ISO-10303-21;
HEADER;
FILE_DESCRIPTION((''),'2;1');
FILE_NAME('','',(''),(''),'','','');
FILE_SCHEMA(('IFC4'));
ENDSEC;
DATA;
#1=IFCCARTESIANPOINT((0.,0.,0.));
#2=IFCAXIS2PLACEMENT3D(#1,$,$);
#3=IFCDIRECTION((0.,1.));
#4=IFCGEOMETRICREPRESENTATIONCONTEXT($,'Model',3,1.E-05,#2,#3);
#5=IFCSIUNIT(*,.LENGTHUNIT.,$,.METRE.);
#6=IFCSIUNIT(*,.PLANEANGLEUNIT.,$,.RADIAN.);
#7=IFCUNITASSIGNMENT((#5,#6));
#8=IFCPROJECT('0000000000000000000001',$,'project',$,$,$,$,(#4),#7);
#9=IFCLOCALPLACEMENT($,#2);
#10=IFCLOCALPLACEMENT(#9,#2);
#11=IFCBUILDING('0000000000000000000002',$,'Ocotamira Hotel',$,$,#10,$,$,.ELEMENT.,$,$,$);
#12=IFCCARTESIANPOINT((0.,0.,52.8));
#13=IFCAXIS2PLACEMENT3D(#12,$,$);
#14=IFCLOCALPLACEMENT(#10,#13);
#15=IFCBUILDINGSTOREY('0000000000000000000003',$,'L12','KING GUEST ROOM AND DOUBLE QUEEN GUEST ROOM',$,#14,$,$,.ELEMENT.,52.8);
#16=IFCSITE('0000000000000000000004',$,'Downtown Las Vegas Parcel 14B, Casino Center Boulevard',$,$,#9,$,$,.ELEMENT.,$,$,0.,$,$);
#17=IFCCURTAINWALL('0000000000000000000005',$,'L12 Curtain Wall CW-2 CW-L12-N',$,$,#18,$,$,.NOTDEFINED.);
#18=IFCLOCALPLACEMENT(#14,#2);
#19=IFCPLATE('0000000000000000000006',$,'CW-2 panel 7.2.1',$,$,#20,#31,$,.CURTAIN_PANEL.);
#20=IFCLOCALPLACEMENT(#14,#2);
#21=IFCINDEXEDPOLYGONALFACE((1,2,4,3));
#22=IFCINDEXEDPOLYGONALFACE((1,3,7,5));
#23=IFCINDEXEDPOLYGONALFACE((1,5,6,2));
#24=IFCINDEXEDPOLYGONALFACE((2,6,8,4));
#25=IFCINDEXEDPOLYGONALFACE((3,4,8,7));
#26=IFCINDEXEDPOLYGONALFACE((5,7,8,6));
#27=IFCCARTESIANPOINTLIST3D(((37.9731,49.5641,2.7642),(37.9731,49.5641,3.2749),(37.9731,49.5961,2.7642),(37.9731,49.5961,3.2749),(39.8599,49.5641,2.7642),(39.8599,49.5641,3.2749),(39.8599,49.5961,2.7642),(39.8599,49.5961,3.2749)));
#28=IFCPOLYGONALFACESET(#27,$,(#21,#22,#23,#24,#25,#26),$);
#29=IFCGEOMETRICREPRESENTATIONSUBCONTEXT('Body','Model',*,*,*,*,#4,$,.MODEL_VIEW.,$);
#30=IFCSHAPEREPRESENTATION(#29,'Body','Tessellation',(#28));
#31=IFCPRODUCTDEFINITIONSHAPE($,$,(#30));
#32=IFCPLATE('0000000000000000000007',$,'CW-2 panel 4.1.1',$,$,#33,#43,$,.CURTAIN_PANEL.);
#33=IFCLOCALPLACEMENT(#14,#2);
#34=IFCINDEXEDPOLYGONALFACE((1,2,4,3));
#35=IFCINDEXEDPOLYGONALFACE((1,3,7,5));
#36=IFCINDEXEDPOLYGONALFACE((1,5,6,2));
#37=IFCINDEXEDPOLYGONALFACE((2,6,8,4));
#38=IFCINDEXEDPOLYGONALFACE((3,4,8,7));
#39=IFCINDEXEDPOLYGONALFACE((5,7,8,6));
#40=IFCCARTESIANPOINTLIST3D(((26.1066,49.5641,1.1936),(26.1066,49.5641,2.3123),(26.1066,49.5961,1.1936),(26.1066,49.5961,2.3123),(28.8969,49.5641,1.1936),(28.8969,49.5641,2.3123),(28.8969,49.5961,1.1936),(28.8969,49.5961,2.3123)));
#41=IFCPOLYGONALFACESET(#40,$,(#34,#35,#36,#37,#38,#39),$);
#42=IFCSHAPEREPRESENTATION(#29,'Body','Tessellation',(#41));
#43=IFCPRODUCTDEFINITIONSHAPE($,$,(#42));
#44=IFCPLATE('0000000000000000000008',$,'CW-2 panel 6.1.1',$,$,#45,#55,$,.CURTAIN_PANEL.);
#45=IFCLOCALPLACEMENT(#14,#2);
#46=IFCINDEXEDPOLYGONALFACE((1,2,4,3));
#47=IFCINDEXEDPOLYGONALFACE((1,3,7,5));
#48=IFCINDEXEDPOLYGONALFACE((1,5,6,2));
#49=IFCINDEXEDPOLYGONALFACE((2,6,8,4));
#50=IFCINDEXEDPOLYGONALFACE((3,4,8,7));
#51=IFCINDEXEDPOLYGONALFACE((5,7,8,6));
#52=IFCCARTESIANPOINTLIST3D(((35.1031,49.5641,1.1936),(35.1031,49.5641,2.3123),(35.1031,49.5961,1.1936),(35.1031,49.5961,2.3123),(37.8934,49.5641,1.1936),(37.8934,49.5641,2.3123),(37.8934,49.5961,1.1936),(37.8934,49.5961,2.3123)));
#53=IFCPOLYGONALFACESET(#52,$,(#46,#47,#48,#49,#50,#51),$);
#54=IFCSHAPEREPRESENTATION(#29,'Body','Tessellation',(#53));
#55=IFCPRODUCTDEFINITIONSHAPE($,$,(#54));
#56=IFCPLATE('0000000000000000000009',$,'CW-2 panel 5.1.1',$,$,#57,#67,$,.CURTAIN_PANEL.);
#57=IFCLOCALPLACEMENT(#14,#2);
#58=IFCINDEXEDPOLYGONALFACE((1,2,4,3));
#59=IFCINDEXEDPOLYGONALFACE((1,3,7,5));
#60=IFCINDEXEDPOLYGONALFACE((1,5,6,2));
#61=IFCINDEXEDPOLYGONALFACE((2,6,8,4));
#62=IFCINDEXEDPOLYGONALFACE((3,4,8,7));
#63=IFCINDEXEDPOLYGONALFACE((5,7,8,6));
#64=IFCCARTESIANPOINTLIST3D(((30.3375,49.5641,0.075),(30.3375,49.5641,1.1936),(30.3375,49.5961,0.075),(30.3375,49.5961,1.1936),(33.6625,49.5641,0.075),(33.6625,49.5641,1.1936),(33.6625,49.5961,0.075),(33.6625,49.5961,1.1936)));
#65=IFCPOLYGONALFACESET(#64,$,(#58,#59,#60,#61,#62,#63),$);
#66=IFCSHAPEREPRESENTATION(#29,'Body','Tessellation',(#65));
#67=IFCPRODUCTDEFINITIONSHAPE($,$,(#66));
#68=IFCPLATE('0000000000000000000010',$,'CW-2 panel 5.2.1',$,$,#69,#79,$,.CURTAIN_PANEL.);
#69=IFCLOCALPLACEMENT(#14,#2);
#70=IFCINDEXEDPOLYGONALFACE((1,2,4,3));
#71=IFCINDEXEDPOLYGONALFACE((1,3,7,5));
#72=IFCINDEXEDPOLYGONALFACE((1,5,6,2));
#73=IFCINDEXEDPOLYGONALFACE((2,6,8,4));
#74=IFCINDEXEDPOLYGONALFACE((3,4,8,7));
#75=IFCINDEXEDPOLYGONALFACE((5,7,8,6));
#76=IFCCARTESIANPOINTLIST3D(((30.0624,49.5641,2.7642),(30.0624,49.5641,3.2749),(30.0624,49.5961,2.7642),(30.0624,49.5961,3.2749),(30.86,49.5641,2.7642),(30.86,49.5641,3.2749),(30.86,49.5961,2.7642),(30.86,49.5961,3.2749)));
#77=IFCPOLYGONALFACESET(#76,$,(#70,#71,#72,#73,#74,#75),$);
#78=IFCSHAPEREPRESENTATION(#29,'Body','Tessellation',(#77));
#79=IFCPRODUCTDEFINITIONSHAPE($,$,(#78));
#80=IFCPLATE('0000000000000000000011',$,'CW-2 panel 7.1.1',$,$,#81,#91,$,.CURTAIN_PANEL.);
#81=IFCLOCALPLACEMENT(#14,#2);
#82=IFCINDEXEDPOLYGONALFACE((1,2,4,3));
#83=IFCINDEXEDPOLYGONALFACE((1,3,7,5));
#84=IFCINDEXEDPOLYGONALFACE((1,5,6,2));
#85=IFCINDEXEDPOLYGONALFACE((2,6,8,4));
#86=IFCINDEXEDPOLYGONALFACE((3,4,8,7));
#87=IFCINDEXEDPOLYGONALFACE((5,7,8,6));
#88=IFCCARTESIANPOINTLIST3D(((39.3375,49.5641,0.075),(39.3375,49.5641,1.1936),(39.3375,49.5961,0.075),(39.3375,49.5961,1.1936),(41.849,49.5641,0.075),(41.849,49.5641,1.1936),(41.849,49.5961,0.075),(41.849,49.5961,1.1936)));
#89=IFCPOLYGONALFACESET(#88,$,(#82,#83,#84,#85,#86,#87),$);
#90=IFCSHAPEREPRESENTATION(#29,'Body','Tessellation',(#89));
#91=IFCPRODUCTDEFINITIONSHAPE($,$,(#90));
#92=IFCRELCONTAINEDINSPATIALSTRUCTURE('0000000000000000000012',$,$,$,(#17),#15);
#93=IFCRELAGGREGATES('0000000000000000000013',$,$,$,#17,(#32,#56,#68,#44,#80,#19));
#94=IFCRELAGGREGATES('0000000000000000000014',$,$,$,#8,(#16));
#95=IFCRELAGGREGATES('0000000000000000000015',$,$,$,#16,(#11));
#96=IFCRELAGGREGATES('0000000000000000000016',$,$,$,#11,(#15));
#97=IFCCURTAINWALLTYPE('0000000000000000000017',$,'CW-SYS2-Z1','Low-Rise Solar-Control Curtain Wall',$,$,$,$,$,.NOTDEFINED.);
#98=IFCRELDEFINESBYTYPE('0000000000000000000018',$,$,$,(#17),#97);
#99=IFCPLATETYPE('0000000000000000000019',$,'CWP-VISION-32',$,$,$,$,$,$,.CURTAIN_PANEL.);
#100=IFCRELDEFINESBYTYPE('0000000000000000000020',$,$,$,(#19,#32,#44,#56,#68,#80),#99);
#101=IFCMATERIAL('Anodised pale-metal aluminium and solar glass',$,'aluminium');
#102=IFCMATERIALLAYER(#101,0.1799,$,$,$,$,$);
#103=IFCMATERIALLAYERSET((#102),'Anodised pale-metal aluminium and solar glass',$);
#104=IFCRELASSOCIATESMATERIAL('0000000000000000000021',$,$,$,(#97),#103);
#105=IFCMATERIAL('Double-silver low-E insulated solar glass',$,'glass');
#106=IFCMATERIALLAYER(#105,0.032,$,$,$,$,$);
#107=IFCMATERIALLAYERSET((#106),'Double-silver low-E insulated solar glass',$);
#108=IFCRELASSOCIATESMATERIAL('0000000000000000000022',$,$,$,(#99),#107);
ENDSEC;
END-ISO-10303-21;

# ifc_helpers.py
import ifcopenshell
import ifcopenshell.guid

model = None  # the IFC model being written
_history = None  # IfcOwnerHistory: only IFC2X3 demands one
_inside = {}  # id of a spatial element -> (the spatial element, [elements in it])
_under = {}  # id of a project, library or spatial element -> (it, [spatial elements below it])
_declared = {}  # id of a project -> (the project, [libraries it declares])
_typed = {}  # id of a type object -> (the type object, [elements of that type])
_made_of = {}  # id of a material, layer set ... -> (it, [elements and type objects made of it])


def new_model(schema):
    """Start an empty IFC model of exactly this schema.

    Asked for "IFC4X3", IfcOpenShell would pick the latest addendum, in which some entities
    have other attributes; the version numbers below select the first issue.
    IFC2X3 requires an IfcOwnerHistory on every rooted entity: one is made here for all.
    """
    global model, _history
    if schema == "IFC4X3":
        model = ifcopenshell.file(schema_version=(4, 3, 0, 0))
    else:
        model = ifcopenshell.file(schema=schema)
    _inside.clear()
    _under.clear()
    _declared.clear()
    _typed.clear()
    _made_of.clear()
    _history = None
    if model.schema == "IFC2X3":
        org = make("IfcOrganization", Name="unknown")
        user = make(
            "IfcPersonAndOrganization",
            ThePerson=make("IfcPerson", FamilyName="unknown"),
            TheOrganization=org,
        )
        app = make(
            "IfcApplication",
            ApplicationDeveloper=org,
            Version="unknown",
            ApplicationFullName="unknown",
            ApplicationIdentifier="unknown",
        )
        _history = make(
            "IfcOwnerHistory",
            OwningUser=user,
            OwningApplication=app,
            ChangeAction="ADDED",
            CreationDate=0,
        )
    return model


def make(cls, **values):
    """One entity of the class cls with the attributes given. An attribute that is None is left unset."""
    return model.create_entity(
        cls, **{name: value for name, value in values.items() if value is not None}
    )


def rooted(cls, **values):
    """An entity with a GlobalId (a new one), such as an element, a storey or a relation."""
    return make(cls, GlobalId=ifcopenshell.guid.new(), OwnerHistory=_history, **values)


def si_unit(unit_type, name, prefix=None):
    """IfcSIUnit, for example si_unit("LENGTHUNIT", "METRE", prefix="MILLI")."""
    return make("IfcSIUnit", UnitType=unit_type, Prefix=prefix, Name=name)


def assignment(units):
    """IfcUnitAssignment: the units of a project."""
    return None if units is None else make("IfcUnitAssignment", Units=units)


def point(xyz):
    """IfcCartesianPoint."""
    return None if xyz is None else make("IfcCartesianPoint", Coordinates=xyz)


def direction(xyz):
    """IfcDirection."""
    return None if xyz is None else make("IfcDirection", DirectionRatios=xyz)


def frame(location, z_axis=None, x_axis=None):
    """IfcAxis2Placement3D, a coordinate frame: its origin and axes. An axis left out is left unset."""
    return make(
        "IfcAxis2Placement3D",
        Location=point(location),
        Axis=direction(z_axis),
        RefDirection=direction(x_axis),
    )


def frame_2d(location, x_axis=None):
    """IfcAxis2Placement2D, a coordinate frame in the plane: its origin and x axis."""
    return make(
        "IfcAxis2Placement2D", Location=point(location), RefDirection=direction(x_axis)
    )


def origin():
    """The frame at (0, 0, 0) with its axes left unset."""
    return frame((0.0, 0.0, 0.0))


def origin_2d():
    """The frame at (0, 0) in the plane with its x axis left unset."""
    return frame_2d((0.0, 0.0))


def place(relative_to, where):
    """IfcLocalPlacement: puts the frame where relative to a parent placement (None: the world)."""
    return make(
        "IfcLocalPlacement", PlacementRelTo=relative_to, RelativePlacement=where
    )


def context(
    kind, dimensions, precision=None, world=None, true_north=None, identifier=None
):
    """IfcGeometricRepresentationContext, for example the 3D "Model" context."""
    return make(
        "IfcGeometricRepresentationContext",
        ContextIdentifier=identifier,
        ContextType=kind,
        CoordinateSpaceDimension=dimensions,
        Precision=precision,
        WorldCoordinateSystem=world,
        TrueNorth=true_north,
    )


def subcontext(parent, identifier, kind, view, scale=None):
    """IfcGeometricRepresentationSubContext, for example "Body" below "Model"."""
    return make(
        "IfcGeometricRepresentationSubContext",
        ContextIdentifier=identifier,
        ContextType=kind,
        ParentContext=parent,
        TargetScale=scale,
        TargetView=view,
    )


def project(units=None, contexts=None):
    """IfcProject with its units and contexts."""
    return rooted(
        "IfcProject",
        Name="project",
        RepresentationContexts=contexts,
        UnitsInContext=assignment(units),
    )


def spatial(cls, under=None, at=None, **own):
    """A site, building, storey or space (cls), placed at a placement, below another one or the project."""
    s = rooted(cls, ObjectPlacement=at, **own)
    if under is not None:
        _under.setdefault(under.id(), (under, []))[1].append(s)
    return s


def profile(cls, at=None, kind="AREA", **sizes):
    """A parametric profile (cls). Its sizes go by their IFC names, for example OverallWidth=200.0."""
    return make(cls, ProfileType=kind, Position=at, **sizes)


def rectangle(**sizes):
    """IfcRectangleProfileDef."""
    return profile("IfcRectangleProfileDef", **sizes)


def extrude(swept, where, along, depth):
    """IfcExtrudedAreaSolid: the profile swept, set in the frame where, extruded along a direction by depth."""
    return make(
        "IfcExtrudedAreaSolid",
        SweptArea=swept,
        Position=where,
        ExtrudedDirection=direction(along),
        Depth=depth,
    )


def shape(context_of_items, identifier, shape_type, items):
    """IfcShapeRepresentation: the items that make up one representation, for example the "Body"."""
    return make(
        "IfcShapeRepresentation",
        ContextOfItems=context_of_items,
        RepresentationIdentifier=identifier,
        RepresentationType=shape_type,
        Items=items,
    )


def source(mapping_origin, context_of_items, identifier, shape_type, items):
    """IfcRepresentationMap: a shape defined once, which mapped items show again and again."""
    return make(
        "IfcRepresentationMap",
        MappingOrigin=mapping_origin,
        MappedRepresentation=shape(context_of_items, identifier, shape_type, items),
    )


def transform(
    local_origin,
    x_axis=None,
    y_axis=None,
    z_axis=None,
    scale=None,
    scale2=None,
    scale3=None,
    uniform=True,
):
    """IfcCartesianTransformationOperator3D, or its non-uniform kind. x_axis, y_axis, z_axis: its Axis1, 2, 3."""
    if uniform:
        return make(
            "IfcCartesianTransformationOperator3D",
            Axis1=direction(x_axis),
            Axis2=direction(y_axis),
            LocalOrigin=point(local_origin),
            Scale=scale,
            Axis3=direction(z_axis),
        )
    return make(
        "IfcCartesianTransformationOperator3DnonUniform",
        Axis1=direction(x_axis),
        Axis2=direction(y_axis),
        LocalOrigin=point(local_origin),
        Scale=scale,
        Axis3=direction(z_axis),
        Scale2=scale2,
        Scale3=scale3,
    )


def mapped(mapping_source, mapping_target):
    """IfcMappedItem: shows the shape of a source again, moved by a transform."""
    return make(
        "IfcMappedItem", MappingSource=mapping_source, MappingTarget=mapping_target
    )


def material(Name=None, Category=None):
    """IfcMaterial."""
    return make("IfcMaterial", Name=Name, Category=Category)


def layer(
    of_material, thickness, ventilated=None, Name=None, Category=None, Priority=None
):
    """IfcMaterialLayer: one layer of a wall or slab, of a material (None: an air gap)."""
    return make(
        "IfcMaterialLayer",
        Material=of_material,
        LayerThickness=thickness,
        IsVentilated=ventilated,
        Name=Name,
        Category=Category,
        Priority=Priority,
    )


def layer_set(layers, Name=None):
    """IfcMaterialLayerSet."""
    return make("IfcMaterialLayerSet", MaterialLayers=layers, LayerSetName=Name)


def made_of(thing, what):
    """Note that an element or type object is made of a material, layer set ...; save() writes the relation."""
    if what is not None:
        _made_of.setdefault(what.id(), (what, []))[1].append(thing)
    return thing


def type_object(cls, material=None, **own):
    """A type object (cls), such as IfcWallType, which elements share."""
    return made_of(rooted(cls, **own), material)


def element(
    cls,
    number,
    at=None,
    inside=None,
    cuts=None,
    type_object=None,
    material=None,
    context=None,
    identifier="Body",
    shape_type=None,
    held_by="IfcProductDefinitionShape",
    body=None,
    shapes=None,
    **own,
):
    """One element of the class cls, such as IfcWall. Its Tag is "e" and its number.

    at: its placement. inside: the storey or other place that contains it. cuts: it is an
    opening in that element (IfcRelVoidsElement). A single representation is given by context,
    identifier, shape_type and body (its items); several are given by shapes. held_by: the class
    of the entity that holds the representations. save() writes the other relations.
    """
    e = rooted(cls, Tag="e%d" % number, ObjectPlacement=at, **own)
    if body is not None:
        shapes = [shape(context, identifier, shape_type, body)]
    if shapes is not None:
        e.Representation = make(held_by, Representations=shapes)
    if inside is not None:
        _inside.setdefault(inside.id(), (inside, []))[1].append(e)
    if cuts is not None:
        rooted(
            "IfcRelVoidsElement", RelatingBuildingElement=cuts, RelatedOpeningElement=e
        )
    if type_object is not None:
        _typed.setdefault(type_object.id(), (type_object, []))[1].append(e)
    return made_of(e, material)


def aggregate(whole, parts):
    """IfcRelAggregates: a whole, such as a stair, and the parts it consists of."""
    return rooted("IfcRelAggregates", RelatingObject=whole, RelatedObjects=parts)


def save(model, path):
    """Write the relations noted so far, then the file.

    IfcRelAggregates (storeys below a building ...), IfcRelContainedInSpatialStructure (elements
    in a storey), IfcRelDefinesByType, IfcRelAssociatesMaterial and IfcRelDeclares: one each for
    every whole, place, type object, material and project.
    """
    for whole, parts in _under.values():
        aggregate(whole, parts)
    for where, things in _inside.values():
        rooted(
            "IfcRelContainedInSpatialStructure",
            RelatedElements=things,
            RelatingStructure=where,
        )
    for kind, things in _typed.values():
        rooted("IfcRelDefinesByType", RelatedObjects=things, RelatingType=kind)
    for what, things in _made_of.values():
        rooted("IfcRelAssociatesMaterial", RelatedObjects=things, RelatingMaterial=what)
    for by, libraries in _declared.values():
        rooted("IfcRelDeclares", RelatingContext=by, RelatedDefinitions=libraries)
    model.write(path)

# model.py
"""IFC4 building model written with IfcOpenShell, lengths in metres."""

from ifc_helpers import new_model, si_unit, direction, frame, origin, origin_2d, place, context, subcontext, project, spatial, rectangle, extrude, source, transform, mapped, material, layer, layer_set, type_object, element, aggregate, save


model = new_model("IFC4")

# Units and contexts
model_context = context("Model", 3, precision=1e-05, world=origin(), true_north=direction((0.0, 1.0)))
body_context = subcontext(model_context, "Body", "Model", "MODEL_VIEW")
ifc_project = project(units=[si_unit("LENGTHUNIT", "METRE"), si_unit("PLANEANGLEUNIT", "RADIAN")], contexts=[model_context])

# Site, building, storey
site_placement = place(None, origin())
site = spatial("IfcSite", under=ifc_project, at=site_placement, Name="Downtown Las Vegas Parcel 14B, Casino Center Boulevard", CompositionType="ELEMENT", RefElevation=0.0)
building_placement = place(site_placement, origin())
building = spatial("IfcBuilding", under=site, at=building_placement, Name="Ocotamira Hotel", CompositionType="ELEMENT")
storey_placement = place(building_placement, frame((0.0, 0.0, 52.8)))
storey = spatial("IfcBuildingStorey", under=building, at=storey_placement, Name="L12", Description="KING GUEST ROOM AND DOUBLE QUEEN GUEST ROOM", CompositionType="ELEMENT", Elevation=52.8)

# Curtain wall
ifc_material_1 = material(Name="Anodised pale-metal aluminium and solar glass", Category="aluminium")
ifc_layer_1 = layer(ifc_material_1, 0.1799)
ifc_layer_set_1 = layer_set([ifc_layer_1], Name="Anodised pale-metal aluminium and solar glass")
curtain_wall_type = type_object("IfcCurtainWallType", Name="CW-SYS2-Z1", Description="Low-Rise Solar-Control Curtain Wall", PredefinedType="NOTDEFINED", material=ifc_layer_set_1)
curtain_wall_placement = place(storey_placement, origin())
curtain_wall = element("IfcCurtainWall", 1, at=curtain_wall_placement, inside=storey, type_object=curtain_wall_type, Name="L12 Curtain Wall CW-2 CW-L12-N", PredefinedType="NOTDEFINED")

# Plates
ifc_material_2 = material(Name="Double-silver low-E insulated solar glass", Category="glass")
ifc_layer_2 = layer(ifc_material_2, 0.032)
ifc_layer_set_2 = layer_set([ifc_layer_2], Name="Double-silver low-E insulated solar glass")
plate_type_1 = type_object("IfcPlateType", Name="CWP-VISION-32", PredefinedType="CURTAIN_PANEL", material=ifc_layer_set_2)
shared_shape_1 = source(origin(), body_context, "Body", "SweptSolid", [
    extrude(rectangle(XDim=1.8867, YDim=0.032, at=origin_2d()), origin(), (0.0, 0.0, 1.0), 0.5107),
])
plate_1_placement = place(storey_placement, frame((38.9165, 49.5801, 2.7642), z_axis=(0.0, 0.0, 1.0), x_axis=(1.0, 0.0, 0.0)))
plate_1 = element("IfcPlate", 2, at=plate_1_placement, type_object=plate_type_1, Name="CW-2 panel 7.2.1", PredefinedType="CURTAIN_PANEL", context=body_context, shape_type="MappedRepresentation", body=[
    mapped(shared_shape_1, transform((0.0, 0.0, 0.0), scale=1.0)),
])
shared_shape_2 = source(origin(), body_context, "Body", "SweptSolid", [
    extrude(rectangle(XDim=2.7903, YDim=0.032, at=origin_2d()), origin(), (0.0, 0.0, 1.0), 1.1187),
])
plate_2_placement = place(storey_placement, frame((27.5017, 49.5801, 1.1936), z_axis=(0.0, 0.0, 1.0), x_axis=(1.0, 0.0, 0.0)))
plate_2 = element("IfcPlate", 3, at=plate_2_placement, type_object=plate_type_1, Name="CW-2 panel 4.1.1", PredefinedType="CURTAIN_PANEL", context=body_context, shape_type="MappedRepresentation", body=[
    mapped(shared_shape_2, transform((0.0, 0.0, 0.0), scale=1.0)),
])
plate_3_placement = place(storey_placement, frame((36.4983, 49.5801, 1.1936), z_axis=(0.0, 0.0, 1.0), x_axis=(1.0, 0.0, 0.0)))
plate_3 = element("IfcPlate", 4, at=plate_3_placement, type_object=plate_type_1, Name="CW-2 panel 6.1.1", PredefinedType="CURTAIN_PANEL", context=body_context, shape_type="MappedRepresentation", body=[
    mapped(shared_shape_2, transform((0.0, 0.0, 0.0), scale=1.0)),
])
shared_shape_3 = source(origin(), body_context, "Body", "SweptSolid", [
    extrude(rectangle(XDim=3.325, YDim=0.032, at=origin_2d()), origin(), (0.0, 0.0, 1.0), 1.1187),
])
plate_4_placement = place(storey_placement, frame((32.0, 49.5801, 0.075), z_axis=(0.0, 0.0, 1.0), x_axis=(1.0, 0.0, 0.0)))
plate_4 = element("IfcPlate", 5, at=plate_4_placement, type_object=plate_type_1, Name="CW-2 panel 5.1.1", PredefinedType="CURTAIN_PANEL", context=body_context, shape_type="MappedRepresentation", body=[
    mapped(shared_shape_3, transform((0.0, 0.0, 0.0), scale=1.0)),
])
shared_shape_4 = source(origin(), body_context, "Body", "SweptSolid", [
    extrude(rectangle(XDim=0.7976, YDim=0.032, at=origin_2d()), origin(), (0.0, 0.0, 1.0), 0.5107),
])
plate_5_placement = place(storey_placement, frame((30.4612, 49.5801, 2.7642), z_axis=(0.0, 0.0, 1.0), x_axis=(1.0, 0.0, 0.0)))
plate_5 = element("IfcPlate", 6, at=plate_5_placement, type_object=plate_type_1, Name="CW-2 panel 5.2.1", PredefinedType="CURTAIN_PANEL", context=body_context, shape_type="MappedRepresentation", body=[
    mapped(shared_shape_4, transform((0.0, 0.0, 0.0), scale=1.0)),
])
shared_shape_5 = source(origin(), body_context, "Body", "SweptSolid", [
    extrude(rectangle(XDim=2.5115, YDim=0.032, at=origin_2d()), origin(), (0.0, 0.0, 1.0), 1.1187),
])
plate_6_placement = place(storey_placement, frame((40.5933, 49.5801, 0.075), z_axis=(0.0, 0.0, 1.0), x_axis=(1.0, 0.0, 0.0)))
plate_6 = element("IfcPlate", 7, at=plate_6_placement, type_object=plate_type_1, Name="CW-2 panel 7.1.1", PredefinedType="CURTAIN_PANEL", context=body_context, shape_type="MappedRepresentation", body=[
    mapped(shared_shape_5, transform((0.0, 0.0, 0.0), scale=1.0)),
])
aggregate(curtain_wall, [plate_2, plate_4, plate_5, plate_3, plate_6, plate_1])

save(model, "model.ifc")
